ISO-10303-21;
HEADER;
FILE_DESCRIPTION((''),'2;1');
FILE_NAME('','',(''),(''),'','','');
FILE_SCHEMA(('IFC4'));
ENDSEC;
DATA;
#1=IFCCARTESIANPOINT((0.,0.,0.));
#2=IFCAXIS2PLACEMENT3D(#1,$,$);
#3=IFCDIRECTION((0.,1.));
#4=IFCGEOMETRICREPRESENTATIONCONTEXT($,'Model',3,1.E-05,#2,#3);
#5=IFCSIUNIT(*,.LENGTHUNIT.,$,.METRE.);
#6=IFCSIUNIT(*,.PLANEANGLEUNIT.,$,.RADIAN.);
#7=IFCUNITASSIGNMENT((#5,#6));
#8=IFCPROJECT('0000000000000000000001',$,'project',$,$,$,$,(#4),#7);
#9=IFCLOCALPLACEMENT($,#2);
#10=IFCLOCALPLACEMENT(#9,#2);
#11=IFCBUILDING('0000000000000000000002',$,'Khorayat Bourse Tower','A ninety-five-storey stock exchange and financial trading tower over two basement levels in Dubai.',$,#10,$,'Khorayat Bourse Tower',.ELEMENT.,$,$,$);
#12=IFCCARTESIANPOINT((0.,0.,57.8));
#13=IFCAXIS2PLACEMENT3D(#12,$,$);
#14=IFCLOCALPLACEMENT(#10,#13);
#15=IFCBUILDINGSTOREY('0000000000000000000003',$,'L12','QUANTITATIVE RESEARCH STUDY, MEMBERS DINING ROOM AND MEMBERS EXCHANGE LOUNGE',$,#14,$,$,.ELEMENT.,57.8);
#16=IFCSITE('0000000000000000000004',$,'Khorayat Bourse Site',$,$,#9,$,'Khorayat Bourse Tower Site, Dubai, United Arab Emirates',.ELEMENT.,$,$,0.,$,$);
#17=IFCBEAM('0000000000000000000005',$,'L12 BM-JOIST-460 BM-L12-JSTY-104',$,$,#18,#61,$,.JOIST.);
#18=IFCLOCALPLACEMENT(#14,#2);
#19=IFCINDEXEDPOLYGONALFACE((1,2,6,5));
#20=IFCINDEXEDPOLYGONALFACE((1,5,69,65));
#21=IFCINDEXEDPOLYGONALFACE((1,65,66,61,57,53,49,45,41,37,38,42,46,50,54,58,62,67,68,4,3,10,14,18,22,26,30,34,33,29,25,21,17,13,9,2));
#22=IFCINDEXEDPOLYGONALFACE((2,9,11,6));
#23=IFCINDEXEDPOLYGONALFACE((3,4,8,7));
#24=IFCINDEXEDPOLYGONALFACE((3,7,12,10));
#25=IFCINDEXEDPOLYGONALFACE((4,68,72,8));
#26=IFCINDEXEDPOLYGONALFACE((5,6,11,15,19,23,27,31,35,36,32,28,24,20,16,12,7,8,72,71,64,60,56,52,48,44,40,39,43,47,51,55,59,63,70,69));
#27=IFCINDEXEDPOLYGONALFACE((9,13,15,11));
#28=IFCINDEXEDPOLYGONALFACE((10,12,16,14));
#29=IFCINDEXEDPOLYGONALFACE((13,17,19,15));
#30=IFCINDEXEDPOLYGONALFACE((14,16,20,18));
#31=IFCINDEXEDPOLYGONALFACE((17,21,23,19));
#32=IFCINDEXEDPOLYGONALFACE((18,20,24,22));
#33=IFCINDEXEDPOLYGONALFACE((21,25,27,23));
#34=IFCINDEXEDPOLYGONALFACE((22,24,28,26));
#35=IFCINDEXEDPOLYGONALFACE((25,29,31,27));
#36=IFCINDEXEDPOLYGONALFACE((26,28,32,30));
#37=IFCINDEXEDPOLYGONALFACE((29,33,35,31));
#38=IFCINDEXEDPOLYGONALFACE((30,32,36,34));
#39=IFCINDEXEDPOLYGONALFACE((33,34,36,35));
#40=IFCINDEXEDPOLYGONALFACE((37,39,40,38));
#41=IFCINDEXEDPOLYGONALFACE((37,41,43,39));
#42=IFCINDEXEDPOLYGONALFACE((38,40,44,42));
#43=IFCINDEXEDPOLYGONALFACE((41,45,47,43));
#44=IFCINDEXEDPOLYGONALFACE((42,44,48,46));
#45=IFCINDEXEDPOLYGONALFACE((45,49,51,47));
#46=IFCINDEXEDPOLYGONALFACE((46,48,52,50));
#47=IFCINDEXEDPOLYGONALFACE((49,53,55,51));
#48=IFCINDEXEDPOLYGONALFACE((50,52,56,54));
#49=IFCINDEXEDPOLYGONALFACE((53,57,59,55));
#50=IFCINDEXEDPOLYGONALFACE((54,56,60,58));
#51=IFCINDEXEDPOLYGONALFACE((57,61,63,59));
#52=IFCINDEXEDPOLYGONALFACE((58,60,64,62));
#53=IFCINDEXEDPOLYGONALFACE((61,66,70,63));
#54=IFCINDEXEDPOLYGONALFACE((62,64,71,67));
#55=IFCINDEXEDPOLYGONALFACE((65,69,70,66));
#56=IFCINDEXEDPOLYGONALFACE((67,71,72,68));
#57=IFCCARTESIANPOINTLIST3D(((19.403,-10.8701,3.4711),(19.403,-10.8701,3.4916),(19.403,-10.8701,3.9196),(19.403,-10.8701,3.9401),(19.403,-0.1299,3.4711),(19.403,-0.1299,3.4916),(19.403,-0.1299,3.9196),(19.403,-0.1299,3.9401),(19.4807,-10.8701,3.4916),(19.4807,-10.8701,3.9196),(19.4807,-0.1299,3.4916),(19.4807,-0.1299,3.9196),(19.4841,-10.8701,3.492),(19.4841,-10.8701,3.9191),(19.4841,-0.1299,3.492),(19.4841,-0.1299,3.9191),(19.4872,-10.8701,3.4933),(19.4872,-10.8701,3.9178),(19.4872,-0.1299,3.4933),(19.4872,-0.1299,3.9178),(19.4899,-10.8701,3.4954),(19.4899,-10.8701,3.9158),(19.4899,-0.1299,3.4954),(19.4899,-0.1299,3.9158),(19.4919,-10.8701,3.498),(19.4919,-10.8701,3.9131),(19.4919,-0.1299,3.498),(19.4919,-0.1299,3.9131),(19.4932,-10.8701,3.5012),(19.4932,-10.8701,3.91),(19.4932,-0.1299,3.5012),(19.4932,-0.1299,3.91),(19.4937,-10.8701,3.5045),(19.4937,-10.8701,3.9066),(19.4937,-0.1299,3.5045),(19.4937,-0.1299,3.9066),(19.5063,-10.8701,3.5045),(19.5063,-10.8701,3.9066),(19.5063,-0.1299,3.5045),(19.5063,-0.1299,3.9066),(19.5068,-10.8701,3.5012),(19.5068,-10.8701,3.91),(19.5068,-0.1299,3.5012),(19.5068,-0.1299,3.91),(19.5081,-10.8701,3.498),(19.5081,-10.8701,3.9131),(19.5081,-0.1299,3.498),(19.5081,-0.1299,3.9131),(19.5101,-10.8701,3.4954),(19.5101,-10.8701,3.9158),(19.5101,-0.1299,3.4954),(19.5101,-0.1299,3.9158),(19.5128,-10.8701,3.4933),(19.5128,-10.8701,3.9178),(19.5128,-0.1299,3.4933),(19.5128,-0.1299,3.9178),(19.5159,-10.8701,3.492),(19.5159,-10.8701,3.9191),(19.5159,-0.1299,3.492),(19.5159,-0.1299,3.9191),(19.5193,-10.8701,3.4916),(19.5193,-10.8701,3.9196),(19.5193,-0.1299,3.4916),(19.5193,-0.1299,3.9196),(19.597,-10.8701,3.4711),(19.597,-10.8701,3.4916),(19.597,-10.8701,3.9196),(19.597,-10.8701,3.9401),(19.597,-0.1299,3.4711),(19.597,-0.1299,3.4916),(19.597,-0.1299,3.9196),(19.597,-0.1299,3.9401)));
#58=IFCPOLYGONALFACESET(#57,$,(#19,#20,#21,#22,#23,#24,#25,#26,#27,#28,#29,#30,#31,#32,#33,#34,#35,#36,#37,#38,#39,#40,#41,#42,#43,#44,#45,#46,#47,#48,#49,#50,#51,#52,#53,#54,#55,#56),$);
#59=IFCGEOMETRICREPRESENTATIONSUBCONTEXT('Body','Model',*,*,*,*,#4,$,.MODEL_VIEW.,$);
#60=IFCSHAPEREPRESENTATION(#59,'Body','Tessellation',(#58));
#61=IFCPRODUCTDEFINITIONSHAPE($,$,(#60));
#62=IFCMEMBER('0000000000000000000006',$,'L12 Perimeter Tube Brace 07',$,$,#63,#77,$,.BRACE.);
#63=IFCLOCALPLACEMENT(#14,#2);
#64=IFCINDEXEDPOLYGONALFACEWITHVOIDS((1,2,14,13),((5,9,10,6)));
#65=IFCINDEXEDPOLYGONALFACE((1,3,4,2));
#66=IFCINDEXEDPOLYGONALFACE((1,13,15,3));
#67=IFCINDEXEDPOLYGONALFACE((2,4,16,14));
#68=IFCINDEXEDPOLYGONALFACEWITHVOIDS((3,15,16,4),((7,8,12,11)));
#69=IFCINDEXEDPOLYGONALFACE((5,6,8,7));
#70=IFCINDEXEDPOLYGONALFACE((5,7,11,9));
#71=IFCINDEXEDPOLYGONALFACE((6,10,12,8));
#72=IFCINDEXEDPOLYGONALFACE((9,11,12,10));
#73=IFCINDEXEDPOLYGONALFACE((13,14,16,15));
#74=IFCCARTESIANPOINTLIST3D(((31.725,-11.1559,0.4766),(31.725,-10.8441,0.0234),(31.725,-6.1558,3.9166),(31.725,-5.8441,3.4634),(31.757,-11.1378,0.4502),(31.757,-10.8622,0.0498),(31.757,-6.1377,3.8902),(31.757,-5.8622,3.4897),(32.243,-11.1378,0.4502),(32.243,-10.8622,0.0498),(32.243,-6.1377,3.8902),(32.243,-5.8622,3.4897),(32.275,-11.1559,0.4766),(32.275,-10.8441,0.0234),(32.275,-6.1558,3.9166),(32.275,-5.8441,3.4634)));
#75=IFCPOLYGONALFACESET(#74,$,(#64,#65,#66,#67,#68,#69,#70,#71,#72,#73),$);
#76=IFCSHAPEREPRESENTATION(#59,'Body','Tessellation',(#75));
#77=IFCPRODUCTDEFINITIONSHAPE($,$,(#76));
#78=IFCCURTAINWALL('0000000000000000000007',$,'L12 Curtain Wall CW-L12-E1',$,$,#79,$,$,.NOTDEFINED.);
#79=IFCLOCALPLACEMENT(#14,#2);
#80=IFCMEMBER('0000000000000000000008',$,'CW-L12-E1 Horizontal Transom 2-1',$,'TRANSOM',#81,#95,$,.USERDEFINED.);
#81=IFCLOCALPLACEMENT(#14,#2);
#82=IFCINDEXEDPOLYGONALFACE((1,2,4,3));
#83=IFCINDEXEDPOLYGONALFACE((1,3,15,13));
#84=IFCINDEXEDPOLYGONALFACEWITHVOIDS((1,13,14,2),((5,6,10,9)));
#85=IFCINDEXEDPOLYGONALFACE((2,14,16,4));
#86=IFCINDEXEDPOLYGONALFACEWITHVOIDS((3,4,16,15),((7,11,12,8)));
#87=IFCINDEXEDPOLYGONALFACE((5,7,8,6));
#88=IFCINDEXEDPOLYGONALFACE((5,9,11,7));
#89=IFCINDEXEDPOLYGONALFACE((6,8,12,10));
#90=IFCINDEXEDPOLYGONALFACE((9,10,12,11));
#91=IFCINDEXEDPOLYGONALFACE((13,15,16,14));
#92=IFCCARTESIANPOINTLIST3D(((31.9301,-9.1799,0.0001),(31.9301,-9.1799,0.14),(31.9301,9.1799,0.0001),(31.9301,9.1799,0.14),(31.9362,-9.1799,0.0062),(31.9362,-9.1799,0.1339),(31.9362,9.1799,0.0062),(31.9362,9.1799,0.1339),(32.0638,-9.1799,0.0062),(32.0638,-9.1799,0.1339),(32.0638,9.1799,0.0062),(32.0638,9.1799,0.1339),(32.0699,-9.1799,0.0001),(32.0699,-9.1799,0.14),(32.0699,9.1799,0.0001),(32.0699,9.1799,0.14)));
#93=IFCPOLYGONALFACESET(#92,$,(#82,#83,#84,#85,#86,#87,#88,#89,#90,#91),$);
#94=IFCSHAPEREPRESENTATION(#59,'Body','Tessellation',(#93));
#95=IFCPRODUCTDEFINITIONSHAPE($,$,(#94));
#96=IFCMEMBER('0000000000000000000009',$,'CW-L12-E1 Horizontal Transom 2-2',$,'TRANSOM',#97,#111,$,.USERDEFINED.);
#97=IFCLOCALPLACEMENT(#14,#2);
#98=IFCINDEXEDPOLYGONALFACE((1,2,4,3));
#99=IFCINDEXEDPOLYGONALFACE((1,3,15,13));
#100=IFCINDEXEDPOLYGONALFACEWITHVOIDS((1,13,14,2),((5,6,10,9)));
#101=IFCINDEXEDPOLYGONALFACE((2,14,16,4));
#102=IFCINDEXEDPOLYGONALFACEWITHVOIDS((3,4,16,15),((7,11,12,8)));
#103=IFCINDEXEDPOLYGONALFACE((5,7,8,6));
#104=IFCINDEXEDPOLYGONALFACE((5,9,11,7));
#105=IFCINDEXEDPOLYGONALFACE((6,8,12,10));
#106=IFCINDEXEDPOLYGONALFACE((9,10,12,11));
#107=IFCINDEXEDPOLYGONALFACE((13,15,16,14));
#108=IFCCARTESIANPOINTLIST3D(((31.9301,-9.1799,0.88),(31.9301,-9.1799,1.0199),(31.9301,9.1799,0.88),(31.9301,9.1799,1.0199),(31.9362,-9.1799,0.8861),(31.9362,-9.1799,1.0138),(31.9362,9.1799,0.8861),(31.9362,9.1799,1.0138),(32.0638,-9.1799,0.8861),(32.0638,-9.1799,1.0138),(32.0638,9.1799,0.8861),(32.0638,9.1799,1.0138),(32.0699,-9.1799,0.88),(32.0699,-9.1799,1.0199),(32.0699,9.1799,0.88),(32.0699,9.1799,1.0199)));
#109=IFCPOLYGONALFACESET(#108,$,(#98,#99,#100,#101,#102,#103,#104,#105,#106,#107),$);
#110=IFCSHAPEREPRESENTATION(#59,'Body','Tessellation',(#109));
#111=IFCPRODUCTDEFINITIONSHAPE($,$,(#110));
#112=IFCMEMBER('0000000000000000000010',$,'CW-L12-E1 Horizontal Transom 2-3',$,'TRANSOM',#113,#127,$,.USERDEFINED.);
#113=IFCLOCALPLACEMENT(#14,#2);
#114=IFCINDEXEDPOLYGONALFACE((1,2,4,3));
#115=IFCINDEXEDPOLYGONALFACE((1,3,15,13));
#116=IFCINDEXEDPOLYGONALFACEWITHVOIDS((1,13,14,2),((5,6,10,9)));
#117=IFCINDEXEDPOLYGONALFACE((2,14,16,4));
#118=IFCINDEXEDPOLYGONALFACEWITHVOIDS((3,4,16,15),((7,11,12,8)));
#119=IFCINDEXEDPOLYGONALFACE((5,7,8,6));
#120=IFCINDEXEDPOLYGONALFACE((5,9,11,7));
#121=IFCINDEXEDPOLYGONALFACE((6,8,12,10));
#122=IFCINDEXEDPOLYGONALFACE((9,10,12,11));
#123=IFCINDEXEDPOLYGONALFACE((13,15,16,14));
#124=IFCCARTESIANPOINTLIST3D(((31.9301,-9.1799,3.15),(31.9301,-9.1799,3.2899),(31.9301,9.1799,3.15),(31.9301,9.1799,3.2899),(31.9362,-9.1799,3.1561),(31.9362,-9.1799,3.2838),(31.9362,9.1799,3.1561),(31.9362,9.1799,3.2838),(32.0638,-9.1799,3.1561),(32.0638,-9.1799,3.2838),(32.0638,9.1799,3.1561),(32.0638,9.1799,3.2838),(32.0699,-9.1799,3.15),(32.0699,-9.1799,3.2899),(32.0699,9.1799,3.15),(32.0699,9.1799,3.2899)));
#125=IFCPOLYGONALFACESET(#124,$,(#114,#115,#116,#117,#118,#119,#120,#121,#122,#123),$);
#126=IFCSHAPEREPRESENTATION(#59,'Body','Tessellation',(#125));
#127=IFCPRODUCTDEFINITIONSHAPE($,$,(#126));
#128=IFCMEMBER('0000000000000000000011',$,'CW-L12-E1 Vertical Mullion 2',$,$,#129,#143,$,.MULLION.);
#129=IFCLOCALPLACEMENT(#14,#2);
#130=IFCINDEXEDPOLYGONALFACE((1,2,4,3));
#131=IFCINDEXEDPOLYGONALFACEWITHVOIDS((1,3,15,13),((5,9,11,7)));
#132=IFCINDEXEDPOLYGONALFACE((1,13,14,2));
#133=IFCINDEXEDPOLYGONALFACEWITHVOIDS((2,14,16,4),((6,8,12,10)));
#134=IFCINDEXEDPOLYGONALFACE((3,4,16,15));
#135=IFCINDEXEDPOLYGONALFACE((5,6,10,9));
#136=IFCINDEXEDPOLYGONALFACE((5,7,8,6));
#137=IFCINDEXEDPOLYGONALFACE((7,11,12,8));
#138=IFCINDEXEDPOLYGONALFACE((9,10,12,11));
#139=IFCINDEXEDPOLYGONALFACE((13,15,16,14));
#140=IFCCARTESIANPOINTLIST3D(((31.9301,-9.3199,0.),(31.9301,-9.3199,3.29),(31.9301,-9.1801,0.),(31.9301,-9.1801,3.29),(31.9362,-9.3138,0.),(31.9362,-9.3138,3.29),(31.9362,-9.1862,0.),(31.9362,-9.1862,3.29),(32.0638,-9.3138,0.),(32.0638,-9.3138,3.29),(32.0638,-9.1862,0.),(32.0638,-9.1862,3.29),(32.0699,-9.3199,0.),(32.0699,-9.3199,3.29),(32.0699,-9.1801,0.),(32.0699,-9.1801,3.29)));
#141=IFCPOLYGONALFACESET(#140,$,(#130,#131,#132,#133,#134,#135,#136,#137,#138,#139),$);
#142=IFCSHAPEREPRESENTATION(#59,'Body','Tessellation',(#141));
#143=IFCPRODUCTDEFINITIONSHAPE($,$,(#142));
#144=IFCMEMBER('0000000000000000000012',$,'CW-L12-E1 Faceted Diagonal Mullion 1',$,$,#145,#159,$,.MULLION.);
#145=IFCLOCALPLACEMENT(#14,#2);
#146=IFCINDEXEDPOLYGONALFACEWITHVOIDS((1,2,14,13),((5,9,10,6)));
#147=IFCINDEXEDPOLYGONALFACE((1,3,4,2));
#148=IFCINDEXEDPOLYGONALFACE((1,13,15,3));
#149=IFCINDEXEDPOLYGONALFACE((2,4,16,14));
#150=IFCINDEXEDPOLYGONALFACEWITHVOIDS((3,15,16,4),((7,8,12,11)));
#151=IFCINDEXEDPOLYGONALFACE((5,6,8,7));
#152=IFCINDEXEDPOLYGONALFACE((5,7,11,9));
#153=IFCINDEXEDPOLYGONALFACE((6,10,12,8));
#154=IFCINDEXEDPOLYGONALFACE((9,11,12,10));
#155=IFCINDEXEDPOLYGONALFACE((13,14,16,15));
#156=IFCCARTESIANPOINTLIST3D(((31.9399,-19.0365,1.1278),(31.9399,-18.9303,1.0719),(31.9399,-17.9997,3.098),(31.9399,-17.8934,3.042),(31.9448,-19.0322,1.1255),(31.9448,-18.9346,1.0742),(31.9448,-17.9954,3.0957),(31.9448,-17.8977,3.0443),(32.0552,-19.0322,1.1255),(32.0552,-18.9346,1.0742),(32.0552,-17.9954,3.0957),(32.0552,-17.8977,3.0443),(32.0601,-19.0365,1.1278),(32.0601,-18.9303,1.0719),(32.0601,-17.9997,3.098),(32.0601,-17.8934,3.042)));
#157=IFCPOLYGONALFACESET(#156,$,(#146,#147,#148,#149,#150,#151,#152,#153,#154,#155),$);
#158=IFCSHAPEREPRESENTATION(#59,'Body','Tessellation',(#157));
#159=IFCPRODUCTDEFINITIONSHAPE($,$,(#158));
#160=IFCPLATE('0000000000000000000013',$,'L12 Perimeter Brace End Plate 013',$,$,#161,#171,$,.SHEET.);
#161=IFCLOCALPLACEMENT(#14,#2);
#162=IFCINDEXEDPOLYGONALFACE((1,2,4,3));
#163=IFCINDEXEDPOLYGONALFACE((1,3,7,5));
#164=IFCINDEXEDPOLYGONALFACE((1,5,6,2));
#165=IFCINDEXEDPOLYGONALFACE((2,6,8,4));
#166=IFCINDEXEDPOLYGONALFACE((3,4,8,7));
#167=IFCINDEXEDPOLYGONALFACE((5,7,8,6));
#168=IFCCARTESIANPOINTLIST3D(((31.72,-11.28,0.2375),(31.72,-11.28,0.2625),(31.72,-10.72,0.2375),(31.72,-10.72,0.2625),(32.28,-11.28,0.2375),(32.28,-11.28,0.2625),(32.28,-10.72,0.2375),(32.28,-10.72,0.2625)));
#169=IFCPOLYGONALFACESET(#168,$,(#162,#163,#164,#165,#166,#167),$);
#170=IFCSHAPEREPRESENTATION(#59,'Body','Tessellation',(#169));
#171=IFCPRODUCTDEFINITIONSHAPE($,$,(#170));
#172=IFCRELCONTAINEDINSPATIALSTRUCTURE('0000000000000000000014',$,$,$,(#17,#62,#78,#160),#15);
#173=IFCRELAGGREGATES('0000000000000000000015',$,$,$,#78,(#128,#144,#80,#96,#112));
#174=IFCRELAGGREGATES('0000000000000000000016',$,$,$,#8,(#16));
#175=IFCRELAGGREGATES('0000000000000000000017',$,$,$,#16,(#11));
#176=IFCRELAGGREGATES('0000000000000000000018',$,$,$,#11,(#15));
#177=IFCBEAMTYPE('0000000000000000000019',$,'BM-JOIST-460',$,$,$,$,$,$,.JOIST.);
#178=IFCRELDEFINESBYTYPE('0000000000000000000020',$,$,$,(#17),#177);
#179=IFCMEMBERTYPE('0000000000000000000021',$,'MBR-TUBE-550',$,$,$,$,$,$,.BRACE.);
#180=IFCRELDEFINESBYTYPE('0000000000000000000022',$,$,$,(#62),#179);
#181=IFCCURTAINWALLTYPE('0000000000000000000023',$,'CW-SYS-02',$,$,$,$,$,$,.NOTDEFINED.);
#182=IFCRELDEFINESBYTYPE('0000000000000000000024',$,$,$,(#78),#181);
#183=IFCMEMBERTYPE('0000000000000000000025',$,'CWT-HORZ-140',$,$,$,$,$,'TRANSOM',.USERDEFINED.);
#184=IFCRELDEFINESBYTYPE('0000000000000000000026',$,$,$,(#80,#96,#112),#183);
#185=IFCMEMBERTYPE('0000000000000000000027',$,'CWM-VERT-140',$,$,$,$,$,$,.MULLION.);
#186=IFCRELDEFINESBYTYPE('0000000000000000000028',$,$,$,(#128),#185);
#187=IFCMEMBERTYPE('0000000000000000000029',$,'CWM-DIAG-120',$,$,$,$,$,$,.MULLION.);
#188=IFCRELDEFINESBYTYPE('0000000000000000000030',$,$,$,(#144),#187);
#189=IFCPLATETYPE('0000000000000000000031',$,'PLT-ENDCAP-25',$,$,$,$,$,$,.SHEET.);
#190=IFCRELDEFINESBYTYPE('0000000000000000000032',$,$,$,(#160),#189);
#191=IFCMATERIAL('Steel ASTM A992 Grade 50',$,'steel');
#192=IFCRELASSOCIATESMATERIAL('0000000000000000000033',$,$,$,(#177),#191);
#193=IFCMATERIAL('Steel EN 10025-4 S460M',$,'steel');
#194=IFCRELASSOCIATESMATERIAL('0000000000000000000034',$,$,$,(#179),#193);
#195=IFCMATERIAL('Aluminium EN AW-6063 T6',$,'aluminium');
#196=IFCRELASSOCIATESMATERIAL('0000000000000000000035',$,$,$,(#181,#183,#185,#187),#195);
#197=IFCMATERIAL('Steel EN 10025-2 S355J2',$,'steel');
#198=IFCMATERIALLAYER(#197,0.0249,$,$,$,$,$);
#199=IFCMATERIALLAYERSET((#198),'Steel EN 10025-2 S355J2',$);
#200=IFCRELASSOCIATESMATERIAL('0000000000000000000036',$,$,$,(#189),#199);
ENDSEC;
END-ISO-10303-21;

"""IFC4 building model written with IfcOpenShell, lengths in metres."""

from ifc_helpers import new_model, si_unit, direction, frame, origin, origin_2d, place, context, subcontext, project, spatial, rectangle, hollow_rectangle, i_section, extrude, source, transform, mapped, material, layer, layer_set, material_profile, profile_set, type_object, element, aggregate, save


model = new_model("IFC4")

# Units and contexts
model_context = context("Model", 3, precision=1e-05, world=origin(), true_north=direction((0.0, 1.0)))
body_context = subcontext(model_context, "Body", "Model", "MODEL_VIEW")
ifc_project = project(units=[si_unit("LENGTHUNIT", "METRE"), si_unit("PLANEANGLEUNIT", "RADIAN")], contexts=[model_context])

# Site, building, storey
site_placement = place(None, origin())
site = spatial("IfcSite", under=ifc_project, at=site_placement, Name="Khorayat Bourse Site", LongName="Khorayat Bourse Tower Site, Dubai, United Arab Emirates", CompositionType="ELEMENT", RefElevation=0.0)
building_placement = place(site_placement, origin())
building = spatial("IfcBuilding", under=site, at=building_placement, Name="Khorayat Bourse Tower", Description="A ninety-five-storey stock exchange and financial trading tower over two basement levels in Dubai.", LongName="Khorayat Bourse Tower", CompositionType="ELEMENT")
storey_placement = place(building_placement, frame((0.0, 0.0, 57.8)))
storey = spatial("IfcBuildingStorey", under=building, at=storey_placement, Name="L12", Description="QUANTITATIVE RESEARCH STUDY, MEMBERS DINING ROOM AND MEMBERS EXCHANGE LOUNGE", CompositionType="ELEMENT", Elevation=57.8)

# Shared definitions
ifc_material_1 = material(Name="Steel EN 10025-4 S460M", Category="steel")

# Beam
ifc_material_2 = material(Name="Steel ASTM A992 Grade 50", Category="steel")
ifc_material_profile_1 = material_profile(ifc_material_2, i_section(OverallWidth=0.1941, OverallDepth=0.469, WebThickness=0.0127, FlangeThickness=0.0205, FilletRadius=0.0129, at=origin_2d()), Name="W460X106")
ifc_profile_set_1 = profile_set([ifc_material_profile_1], Name="Steel ASTM A992 Grade 50")
beam_type_1 = type_object("IfcBeamType", Name="BM-JOIST-460", PredefinedType="JOIST", material=ifc_profile_set_1)
shared_shape_1 = source(origin(), body_context, "Body", "SweptSolid", [
    extrude(i_section(OverallWidth=0.1941, OverallDepth=0.469, WebThickness=0.0127, FlangeThickness=0.0205, FilletRadius=0.0129, at=origin_2d()), origin(), (0.0, 0.0, 1.0), 10.7402),
])
beam_1_placement = place(storey_placement, frame((19.5, -10.8701, 3.7056), z_axis=(0.0, 1.0, 0.0), x_axis=(-1.0, 0.0, 0.0)))
element("IfcBeam", 1, at=beam_1_placement, inside=storey, type_object=beam_type_1, Name="L12 BM-JOIST-460 BM-L12-JSTY-104", PredefinedType="JOIST", context=body_context, shape_type="MappedRepresentation", body=[
    mapped(shared_shape_1, transform((0.0, 0.0, 0.0), scale=1.0)),
])

# Member
ifc_material_profile_2 = material_profile(ifc_material_1, hollow_rectangle(XDim=0.55, YDim=0.55, WallThickness=0.032, at=origin_2d()), Name="HSS 550x550x32")
ifc_profile_set_2 = profile_set([ifc_material_profile_2], Name="Steel EN 10025-4 S460M")
member_type_1 = type_object("IfcMemberType", Name="MBR-TUBE-550", PredefinedType="BRACE", material=ifc_profile_set_2)
shared_shape_2 = source(origin(), body_context, "Body", "SweptSolid", [
    extrude(hollow_rectangle(XDim=0.55, YDim=0.55, WallThickness=0.032, at=origin_2d()), origin(), (0.0, 0.0, 1.0), 6.0691),
])
member_1_placement = place(storey_placement, frame((32.0, -11.0, 0.25), z_axis=(0.0, 0.823854, 0.566802), x_axis=(-1.0, 0.0, 0.0)))
element("IfcMember", 2, at=member_1_placement, inside=storey, type_object=member_type_1, Name="L12 Perimeter Tube Brace 07", PredefinedType="BRACE", context=body_context, shape_type="MappedRepresentation", body=[
    mapped(shared_shape_2, transform((0.0, 0.0, 0.0), scale=1.0)),
])

# Curtain wall, members
ifc_material_3 = material(Name="Aluminium EN AW-6063 T6", Category="aluminium")
curtain_wall_type = type_object("IfcCurtainWallType", Name="CW-SYS-02", PredefinedType="NOTDEFINED", material=ifc_material_3)
curtain_wall_placement = place(storey_placement, origin())
curtain_wall = element("IfcCurtainWall", 3, at=curtain_wall_placement, inside=storey, type_object=curtain_wall_type, Name="L12 Curtain Wall CW-L12-E1", PredefinedType="NOTDEFINED")
ifc_material_profile_3 = material_profile(ifc_material_3, hollow_rectangle(XDim=0.1399, YDim=0.1399, WallThickness=0.0061, at=origin_2d()), Name="ALU 140x140x6")
ifc_profile_set_3 = profile_set([ifc_material_profile_3], Name="Aluminium EN AW-6063 T6")
member_type_2 = type_object("IfcMemberType", Name="CWT-HORZ-140", ElementType="TRANSOM", PredefinedType="USERDEFINED", material=ifc_profile_set_3)
shared_shape_3 = source(origin(), body_context, "Body", "SweptSolid", [
    extrude(hollow_rectangle(XDim=0.1399, YDim=0.1399, WallThickness=0.0061, at=origin_2d()), origin(), (0.0, 0.0, 1.0), 18.3599),
])
member_2_placement = place(storey_placement, frame((32.0, -9.1799, 0.0701), z_axis=(0.0, 1.0, 0.0), x_axis=(-1.0, 0.0, 0.0)))
member_2 = element("IfcMember", 4, at=member_2_placement, type_object=member_type_2, Name="CW-L12-E1 Horizontal Transom 2-1", ObjectType="TRANSOM", PredefinedType="USERDEFINED", context=body_context, shape_type="MappedRepresentation", body=[
    mapped(shared_shape_3, transform((0.0, 0.0, 0.0), scale=1.0)),
])
member_3_placement = place(storey_placement, frame((32.0, -9.1799, 0.95), z_axis=(0.0, 1.0, 0.0), x_axis=(-1.0, 0.0, 0.0)))
member_3 = element("IfcMember", 5, at=member_3_placement, type_object=member_type_2, Name="CW-L12-E1 Horizontal Transom 2-2", ObjectType="TRANSOM", PredefinedType="USERDEFINED", context=body_context, shape_type="MappedRepresentation", body=[
    mapped(shared_shape_3, transform((0.0, 0.0, 0.0), scale=1.0)),
])
member_4_placement = place(storey_placement, frame((32.0, -9.1799, 3.22), z_axis=(0.0, 1.0, 0.0), x_axis=(-1.0, 0.0, 0.0)))
member_4 = element("IfcMember", 6, at=member_4_placement, type_object=member_type_2, Name="CW-L12-E1 Horizontal Transom 2-3", ObjectType="TRANSOM", PredefinedType="USERDEFINED", context=body_context, shape_type="MappedRepresentation", body=[
    mapped(shared_shape_3, transform((0.0, 0.0, 0.0), scale=1.0)),
])
ifc_material_profile_4 = material_profile(ifc_material_3, hollow_rectangle(XDim=0.1399, YDim=0.1399, WallThickness=0.0061, at=origin_2d()), Name="ALU 140x140x6")
ifc_profile_set_4 = profile_set([ifc_material_profile_4], Name="Aluminium EN AW-6063 T6")
member_type_3 = type_object("IfcMemberType", Name="CWM-VERT-140", PredefinedType="MULLION", material=ifc_profile_set_4)
shared_shape_4 = source(origin(), body_context, "Body", "SweptSolid", [
    extrude(hollow_rectangle(XDim=0.1399, YDim=0.1399, WallThickness=0.0061, at=origin_2d()), origin(), (0.0, 0.0, 1.0), 3.29),
])
member_5_placement = place(storey_placement, frame((32.0, -9.25, 0.0), z_axis=(0.0, 0.0, 1.0), x_axis=(-1.0, 0.0, 0.0)))
member_5 = element("IfcMember", 7, at=member_5_placement, type_object=member_type_3, Name="CW-L12-E1 Vertical Mullion 2", PredefinedType="MULLION", context=body_context, shape_type="MappedRepresentation", body=[
    mapped(shared_shape_4, transform((0.0, 0.0, 0.0), scale=1.0)),
])
ifc_material_profile_5 = material_profile(ifc_material_3, hollow_rectangle(XDim=0.1201, YDim=0.1201, WallThickness=0.0049, at=origin_2d()), Name="ALU 120x120x5")
ifc_profile_set_5 = profile_set([ifc_material_profile_5], Name="Aluminium EN AW-6063 T6")
member_type_4 = type_object("IfcMemberType", Name="CWM-DIAG-120", PredefinedType="MULLION", material=ifc_profile_set_5)
shared_shape_5 = source(origin(), body_context, "Body", "SweptSolid", [
    extrude(hollow_rectangle(XDim=0.1201, YDim=0.1201, WallThickness=0.0049, at=origin_2d()), origin(), (0.0, 0.0, 1.0), 2.2263),
])
member_6_placement = place(storey_placement, frame((32.0, -18.9834, 1.0999), z_axis=(0.0, 0.465715, 0.884935), x_axis=(-1.0, 0.0, 0.0)))
member_6 = element("IfcMember", 8, at=member_6_placement, type_object=member_type_4, Name="CW-L12-E1 Faceted Diagonal Mullion 1", PredefinedType="MULLION", context=body_context, shape_type="MappedRepresentation", body=[
    mapped(shared_shape_5, transform((0.0, 0.0, 0.0), scale=1.0)),
])

# Plate
ifc_material_4 = material(Name="Steel EN 10025-2 S355J2", Category="steel")
ifc_layer_1 = layer(ifc_material_4, 0.0249)
ifc_layer_set_1 = layer_set([ifc_layer_1], Name="Steel EN 10025-2 S355J2")
plate_type_1 = type_object("IfcPlateType", Name="PLT-ENDCAP-25", PredefinedType="SHEET", material=ifc_layer_set_1)
shared_shape_6 = source(origin(), body_context, "Body", "SweptSolid", [
    extrude(rectangle(XDim=0.5601, YDim=0.5601, at=origin_2d()), origin(), (0.0, 0.0, 1.0), 0.0249),
])
for number, where, z_axis, x_axis, name in (
    (9, (32.0, -11.0, 0.2375), (0.0, 0.0, 1.0), (1.0, 0.0, 0.0), "L12 Perimeter Brace End Plate 013"),
):
    element("IfcPlate", number, at=place(storey_placement, frame(where, z_axis=z_axis, x_axis=x_axis)), inside=storey, type_object=plate_type_1, Name=name, PredefinedType="SHEET", context=body_context, shape_type="MappedRepresentation", body=[
        mapped(shared_shape_6, transform((0.0, 0.0, 0.0), scale=1.0)),
    ])

aggregate(curtain_wall, [member_5, member_6, member_2, member_3, member_4])

save(model, "model.ifc")
